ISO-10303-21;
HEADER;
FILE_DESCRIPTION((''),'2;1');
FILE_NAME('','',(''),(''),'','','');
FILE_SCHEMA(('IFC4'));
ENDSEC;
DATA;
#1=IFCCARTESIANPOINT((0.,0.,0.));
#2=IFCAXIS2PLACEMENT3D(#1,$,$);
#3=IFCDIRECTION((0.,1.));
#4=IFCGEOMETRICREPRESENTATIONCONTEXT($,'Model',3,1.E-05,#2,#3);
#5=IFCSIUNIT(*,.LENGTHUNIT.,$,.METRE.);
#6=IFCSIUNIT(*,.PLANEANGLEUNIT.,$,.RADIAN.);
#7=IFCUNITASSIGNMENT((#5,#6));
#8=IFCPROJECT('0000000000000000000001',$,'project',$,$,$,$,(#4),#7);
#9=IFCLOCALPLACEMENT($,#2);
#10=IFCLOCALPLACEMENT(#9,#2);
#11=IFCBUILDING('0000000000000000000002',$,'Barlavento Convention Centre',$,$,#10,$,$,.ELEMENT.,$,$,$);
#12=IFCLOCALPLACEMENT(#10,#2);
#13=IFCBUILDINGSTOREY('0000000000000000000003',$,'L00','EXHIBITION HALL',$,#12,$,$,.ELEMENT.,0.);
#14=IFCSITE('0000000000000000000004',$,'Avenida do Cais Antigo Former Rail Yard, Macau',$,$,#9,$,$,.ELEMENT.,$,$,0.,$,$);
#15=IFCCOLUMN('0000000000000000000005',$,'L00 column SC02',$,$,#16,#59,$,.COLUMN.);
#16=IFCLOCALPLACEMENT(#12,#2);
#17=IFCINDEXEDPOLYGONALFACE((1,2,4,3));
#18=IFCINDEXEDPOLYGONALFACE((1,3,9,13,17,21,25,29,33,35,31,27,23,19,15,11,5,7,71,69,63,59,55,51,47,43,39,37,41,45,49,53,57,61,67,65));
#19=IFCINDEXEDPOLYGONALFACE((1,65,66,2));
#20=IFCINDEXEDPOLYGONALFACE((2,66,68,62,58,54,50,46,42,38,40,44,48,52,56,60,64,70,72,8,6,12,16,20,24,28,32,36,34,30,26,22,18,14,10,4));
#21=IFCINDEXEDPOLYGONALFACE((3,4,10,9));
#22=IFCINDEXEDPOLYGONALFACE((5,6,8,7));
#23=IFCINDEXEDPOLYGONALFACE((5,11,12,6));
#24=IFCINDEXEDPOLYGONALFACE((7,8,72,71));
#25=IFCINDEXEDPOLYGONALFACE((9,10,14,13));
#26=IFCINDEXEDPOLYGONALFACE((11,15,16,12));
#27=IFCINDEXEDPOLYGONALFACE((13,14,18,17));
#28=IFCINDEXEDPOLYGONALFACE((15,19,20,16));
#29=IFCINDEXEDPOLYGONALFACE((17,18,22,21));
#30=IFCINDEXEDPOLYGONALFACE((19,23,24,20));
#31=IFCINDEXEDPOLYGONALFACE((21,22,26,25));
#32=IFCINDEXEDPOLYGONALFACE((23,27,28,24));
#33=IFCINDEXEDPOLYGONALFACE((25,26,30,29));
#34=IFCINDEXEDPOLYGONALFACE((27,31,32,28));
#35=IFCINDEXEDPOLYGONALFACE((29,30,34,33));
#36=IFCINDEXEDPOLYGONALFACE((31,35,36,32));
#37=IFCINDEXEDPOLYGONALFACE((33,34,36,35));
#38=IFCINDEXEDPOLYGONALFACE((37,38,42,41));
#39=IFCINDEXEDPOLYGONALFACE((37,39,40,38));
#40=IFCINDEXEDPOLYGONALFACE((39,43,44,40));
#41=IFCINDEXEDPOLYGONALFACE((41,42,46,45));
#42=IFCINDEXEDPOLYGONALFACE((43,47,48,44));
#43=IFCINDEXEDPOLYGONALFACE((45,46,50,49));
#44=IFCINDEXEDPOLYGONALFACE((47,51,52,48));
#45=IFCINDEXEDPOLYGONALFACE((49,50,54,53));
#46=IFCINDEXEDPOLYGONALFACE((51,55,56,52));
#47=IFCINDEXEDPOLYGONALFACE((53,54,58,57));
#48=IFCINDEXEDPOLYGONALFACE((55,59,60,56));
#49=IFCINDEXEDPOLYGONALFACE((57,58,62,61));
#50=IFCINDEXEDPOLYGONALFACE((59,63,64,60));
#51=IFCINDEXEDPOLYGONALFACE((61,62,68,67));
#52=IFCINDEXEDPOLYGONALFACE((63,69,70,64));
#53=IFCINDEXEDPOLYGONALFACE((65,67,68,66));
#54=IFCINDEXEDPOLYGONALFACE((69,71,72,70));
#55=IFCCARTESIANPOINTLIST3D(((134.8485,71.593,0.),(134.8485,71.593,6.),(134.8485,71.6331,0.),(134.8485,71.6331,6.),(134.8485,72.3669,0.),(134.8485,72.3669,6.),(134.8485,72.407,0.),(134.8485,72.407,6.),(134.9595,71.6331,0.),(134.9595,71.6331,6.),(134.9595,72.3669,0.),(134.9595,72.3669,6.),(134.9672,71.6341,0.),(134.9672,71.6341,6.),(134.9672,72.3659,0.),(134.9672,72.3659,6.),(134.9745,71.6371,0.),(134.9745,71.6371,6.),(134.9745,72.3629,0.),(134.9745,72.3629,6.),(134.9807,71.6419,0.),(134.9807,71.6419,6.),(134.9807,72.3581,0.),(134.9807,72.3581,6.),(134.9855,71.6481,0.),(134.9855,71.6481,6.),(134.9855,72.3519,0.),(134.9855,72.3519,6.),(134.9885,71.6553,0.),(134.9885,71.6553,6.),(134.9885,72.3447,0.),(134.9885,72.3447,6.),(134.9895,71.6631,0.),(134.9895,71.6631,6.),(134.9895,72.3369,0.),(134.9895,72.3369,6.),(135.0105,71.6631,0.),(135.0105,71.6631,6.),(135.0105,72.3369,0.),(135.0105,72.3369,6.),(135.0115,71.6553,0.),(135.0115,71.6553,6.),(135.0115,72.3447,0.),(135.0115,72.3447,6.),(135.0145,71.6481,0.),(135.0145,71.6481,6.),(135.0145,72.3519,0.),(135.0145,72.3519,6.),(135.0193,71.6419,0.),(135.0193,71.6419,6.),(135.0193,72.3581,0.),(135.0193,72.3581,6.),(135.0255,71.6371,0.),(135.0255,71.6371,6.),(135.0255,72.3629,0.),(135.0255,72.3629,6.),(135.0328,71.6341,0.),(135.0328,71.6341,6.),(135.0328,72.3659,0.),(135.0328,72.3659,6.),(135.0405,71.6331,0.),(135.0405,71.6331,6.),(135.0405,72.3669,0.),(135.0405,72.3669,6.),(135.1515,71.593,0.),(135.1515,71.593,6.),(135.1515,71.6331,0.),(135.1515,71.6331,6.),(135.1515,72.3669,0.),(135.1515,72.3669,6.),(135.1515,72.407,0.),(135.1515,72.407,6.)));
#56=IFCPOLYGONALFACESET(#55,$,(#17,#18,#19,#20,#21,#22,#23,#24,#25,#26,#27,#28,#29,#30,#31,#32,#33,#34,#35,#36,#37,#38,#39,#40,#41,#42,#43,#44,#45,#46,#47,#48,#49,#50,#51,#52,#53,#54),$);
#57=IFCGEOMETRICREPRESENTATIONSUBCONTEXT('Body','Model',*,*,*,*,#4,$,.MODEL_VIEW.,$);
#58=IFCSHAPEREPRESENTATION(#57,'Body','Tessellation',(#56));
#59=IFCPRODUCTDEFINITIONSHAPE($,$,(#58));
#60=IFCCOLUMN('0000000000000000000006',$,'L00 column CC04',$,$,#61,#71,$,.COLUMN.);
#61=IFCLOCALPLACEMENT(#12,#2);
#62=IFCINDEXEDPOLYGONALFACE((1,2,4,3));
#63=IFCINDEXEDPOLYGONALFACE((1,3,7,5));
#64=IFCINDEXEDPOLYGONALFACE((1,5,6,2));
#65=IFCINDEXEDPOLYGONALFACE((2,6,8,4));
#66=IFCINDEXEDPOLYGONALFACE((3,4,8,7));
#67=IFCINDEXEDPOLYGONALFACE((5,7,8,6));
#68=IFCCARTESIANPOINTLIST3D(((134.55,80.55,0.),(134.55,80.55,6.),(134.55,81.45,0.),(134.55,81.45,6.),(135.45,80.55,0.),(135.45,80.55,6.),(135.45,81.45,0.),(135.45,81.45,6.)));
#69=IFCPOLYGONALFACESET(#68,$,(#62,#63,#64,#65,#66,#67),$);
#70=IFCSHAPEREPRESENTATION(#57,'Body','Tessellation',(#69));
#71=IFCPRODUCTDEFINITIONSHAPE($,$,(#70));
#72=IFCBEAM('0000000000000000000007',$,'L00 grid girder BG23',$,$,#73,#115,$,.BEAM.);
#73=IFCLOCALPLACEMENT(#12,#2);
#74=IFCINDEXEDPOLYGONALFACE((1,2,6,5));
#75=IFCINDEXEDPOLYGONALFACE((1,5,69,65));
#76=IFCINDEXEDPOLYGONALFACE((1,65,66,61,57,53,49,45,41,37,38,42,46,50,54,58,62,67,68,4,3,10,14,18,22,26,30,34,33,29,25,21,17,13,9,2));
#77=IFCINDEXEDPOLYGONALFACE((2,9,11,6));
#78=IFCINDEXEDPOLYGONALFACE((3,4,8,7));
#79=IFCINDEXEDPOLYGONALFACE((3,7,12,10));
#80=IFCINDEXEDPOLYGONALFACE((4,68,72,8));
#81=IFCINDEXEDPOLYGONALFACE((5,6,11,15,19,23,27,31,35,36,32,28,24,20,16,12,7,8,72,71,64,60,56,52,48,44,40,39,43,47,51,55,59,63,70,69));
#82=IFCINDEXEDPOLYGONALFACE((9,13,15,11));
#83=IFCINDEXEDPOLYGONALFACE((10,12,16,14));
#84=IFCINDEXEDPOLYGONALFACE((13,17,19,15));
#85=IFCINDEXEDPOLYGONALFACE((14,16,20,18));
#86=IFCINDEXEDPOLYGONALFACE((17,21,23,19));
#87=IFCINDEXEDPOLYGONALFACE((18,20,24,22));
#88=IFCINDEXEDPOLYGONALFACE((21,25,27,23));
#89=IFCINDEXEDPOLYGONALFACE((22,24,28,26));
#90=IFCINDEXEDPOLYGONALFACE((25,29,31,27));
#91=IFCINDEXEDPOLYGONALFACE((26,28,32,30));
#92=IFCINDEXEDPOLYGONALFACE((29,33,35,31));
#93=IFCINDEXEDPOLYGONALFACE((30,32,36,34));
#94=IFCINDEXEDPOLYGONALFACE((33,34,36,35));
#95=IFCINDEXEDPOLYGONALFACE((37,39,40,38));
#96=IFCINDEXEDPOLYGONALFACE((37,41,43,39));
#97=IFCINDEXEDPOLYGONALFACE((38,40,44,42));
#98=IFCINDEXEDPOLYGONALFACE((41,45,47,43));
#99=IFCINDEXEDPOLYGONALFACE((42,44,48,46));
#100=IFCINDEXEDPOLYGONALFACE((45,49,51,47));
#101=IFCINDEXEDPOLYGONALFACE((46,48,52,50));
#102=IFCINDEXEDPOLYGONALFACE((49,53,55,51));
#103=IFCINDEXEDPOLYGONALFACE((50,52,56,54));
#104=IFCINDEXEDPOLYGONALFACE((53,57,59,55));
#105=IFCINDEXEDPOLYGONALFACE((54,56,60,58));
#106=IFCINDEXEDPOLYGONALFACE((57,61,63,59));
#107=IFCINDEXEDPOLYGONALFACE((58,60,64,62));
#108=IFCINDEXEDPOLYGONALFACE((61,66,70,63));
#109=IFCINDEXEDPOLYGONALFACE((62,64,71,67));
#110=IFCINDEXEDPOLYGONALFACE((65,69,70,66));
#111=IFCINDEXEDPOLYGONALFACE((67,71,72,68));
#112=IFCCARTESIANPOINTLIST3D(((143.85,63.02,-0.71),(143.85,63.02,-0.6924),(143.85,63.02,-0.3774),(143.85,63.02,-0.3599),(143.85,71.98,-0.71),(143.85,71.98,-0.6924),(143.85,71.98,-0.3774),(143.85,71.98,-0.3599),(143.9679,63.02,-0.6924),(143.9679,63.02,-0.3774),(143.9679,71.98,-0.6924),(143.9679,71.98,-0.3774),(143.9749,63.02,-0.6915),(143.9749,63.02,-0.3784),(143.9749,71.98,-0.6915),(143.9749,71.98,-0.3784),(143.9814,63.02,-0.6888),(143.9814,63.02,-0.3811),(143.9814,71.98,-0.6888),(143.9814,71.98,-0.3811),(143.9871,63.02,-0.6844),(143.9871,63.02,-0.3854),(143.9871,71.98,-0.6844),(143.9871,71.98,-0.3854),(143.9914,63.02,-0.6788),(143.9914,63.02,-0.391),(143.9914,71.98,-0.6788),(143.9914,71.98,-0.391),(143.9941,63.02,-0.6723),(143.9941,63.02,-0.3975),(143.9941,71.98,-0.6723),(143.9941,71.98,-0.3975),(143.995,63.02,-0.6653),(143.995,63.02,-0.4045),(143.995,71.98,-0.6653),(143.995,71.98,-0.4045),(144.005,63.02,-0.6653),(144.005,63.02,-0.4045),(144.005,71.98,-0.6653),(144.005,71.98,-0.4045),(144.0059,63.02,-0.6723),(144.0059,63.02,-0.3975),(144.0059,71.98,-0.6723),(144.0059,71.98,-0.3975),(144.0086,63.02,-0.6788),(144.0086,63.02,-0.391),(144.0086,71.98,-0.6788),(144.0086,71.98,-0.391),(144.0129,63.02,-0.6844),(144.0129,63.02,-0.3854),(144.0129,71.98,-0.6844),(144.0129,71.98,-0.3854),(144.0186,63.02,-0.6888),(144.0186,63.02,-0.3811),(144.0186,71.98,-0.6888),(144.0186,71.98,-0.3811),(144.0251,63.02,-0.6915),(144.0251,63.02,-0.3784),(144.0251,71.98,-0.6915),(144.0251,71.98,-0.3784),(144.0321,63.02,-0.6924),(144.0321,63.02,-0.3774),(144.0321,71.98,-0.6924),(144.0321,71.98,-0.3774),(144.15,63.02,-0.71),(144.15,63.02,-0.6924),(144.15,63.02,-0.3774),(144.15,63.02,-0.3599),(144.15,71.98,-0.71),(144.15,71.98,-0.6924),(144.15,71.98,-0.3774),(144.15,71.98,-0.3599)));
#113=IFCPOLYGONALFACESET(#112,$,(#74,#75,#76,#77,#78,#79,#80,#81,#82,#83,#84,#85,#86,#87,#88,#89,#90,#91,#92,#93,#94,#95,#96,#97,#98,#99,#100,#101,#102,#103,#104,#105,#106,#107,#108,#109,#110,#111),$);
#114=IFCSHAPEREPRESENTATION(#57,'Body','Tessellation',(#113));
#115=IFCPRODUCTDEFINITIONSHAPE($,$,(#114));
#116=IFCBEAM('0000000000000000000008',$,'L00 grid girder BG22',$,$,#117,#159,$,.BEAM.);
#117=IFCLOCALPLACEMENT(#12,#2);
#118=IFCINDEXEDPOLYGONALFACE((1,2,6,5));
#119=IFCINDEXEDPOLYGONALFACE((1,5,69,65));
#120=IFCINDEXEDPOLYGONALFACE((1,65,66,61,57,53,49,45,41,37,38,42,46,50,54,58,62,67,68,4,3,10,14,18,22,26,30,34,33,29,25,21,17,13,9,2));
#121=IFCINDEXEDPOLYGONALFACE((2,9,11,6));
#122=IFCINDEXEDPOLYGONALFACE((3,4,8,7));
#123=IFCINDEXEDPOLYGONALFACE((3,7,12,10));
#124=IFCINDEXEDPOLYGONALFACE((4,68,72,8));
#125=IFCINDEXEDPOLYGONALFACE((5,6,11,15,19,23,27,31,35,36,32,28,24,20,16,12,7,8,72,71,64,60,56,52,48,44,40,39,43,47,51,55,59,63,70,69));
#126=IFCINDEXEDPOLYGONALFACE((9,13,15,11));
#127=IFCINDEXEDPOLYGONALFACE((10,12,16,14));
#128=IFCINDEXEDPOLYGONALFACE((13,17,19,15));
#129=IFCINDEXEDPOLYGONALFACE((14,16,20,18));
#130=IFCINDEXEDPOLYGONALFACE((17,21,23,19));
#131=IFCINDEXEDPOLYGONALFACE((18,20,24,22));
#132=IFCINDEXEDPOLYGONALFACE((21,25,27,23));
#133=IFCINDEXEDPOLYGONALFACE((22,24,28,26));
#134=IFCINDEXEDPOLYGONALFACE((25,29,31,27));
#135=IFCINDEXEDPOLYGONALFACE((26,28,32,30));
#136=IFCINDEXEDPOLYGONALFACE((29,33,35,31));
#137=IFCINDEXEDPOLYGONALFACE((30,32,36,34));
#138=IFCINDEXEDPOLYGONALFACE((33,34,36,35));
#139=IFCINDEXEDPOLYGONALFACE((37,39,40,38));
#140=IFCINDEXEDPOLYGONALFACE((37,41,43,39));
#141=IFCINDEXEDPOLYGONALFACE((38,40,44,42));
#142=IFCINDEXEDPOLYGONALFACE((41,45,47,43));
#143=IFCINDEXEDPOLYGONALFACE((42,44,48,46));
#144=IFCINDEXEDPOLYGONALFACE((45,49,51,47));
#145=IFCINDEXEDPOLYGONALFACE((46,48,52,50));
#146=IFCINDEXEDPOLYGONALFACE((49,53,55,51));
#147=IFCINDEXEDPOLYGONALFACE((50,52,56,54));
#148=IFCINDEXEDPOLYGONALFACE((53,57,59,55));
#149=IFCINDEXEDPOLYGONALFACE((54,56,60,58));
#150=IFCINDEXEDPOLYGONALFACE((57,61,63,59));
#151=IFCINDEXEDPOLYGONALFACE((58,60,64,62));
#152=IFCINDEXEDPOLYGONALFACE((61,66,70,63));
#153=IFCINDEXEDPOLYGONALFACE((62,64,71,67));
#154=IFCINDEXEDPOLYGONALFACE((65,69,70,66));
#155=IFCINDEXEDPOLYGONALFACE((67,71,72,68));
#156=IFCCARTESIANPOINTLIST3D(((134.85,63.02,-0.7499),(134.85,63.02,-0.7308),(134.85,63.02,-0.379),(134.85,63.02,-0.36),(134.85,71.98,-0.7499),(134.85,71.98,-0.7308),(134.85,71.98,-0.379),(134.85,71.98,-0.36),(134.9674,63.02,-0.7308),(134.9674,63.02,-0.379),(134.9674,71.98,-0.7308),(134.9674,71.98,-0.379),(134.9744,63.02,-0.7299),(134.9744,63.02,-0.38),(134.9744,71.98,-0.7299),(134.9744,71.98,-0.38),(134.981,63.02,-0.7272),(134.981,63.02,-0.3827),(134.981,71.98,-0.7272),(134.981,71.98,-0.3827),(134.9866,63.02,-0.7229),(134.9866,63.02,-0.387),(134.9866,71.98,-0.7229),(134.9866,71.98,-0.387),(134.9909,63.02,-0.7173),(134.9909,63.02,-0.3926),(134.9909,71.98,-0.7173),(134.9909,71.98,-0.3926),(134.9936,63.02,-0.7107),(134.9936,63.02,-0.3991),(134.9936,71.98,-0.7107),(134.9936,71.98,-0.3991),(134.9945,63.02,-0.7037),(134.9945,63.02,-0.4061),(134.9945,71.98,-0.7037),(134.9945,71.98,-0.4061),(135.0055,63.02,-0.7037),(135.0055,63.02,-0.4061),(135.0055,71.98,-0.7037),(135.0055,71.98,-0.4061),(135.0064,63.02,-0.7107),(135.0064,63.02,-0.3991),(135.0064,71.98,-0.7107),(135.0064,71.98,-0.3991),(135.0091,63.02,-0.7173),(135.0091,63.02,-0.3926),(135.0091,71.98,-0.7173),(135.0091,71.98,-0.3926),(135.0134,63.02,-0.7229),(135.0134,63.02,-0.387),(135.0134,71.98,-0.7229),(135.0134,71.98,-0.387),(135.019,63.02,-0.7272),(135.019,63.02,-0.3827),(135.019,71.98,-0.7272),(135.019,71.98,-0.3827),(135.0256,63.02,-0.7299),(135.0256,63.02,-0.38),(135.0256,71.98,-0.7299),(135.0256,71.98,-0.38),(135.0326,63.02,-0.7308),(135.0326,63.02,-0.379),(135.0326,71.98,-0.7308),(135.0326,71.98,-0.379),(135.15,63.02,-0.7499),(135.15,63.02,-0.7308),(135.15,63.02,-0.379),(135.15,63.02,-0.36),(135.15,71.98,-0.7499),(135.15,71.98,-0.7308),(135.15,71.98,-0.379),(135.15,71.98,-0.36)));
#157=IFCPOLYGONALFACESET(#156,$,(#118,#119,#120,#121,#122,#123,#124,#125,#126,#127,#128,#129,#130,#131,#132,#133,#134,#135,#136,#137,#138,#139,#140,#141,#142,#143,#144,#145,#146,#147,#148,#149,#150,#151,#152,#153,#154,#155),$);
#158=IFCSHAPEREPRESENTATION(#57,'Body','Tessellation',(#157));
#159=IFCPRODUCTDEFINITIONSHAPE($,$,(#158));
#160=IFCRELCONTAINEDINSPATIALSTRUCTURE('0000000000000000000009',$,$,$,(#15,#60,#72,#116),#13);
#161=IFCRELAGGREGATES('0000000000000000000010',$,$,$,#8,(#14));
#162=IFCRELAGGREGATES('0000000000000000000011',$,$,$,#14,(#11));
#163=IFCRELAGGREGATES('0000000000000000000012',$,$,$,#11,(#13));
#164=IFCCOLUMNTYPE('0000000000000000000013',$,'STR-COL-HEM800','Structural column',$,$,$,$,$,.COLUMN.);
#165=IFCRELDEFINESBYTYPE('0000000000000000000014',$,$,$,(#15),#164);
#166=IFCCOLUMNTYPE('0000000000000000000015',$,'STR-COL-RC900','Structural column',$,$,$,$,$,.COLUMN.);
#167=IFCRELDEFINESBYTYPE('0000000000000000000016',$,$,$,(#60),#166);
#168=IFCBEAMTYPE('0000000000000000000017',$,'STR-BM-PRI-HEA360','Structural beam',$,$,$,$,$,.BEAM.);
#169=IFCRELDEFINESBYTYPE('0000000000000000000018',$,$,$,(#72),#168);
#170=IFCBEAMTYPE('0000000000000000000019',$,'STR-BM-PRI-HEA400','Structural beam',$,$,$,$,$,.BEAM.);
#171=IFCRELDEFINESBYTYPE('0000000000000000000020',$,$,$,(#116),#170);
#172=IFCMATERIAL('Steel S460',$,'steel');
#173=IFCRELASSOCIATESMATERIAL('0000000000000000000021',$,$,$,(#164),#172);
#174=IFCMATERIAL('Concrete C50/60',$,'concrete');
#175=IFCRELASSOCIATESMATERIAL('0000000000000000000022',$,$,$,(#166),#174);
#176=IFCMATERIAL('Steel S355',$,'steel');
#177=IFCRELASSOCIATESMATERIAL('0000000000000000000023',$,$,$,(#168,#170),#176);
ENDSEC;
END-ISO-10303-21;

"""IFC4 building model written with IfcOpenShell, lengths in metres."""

from ifc_helpers import new_model, si_unit, direction, frame, origin, origin_2d, place, context, subcontext, project, spatial, rectangle, i_section, extrude, material, material_profile, profile_set, type_object, element, save


model = new_model("IFC4")

# Units and contexts
model_context = context("Model", 3, precision=1e-05, world=origin(), true_north=direction((0.0, 1.0)))
body_context = subcontext(model_context, "Body", "Model", "MODEL_VIEW")
ifc_project = project(units=[si_unit("LENGTHUNIT", "METRE"), si_unit("PLANEANGLEUNIT", "RADIAN")], contexts=[model_context])

# Site, building, storey
site_placement = place(None, origin())
site = spatial("IfcSite", under=ifc_project, at=site_placement, Name="Avenida do Cais Antigo Former Rail Yard, Macau", CompositionType="ELEMENT", RefElevation=0.0)
building_placement = place(site_placement, origin())
building = spatial("IfcBuilding", under=site, at=building_placement, Name="Barlavento Convention Centre", CompositionType="ELEMENT")
storey_placement = place(building_placement, origin())
storey = spatial("IfcBuildingStorey", under=building, at=storey_placement, Name="L00", Description="EXHIBITION HALL", CompositionType="ELEMENT", Elevation=0.0)

# Columns
ifc_material_1 = material(Name="Steel S460", Category="steel")
ifc_material_profile_1 = material_profile(ifc_material_1, i_section(OverallWidth=0.303, OverallDepth=0.814, WebThickness=0.021, FlangeThickness=0.04, FilletRadius=0.03, at=origin_2d()), Name="HEM 800")
ifc_profile_set_1 = profile_set([ifc_material_profile_1], Name="Steel S460")
column_type_1 = type_object("IfcColumnType", Name="STR-COL-HEM800", Description="Structural column", PredefinedType="COLUMN", material=ifc_profile_set_1)
column_1_placement = place(storey_placement, frame((135.0, 72.0, 0.0), z_axis=(0.0, 0.0, 1.0), x_axis=(1.0, 0.0, 0.0)))
element("IfcColumn", 1, at=column_1_placement, inside=storey, type_object=column_type_1, Name="L00 column SC02", PredefinedType="COLUMN", context=body_context, shape_type="SweptSolid", body=[
    extrude(i_section(OverallWidth=0.303, OverallDepth=0.814, WebThickness=0.021, FlangeThickness=0.04, FilletRadius=0.03, at=origin_2d()), origin(), (0.0, 0.0, 1.0), 6.0),
])
ifc_material_2 = material(Name="Concrete C50/60", Category="concrete")
ifc_material_profile_2 = material_profile(ifc_material_2, rectangle(XDim=0.8999, YDim=0.8999, at=origin_2d()), Name="RC 900x900")
ifc_profile_set_2 = profile_set([ifc_material_profile_2], Name="Concrete C50/60")
column_type_2 = type_object("IfcColumnType", Name="STR-COL-RC900", Description="Structural column", PredefinedType="COLUMN", material=ifc_profile_set_2)
column_2_placement = place(storey_placement, frame((135.0, 81.0, 0.0), z_axis=(0.0, 0.0, 1.0), x_axis=(1.0, 0.0, 0.0)))
element("IfcColumn", 2, at=column_2_placement, inside=storey, type_object=column_type_2, Name="L00 column CC04", PredefinedType="COLUMN", context=body_context, shape_type="SweptSolid", body=[
    extrude(rectangle(XDim=0.8999, YDim=0.8999, at=origin_2d()), origin(), (0.0, 0.0, 1.0), 6.0),
])

# Beams
ifc_material_3 = material(Name="Steel S355", Category="steel")
ifc_material_profile_3 = material_profile(ifc_material_3, i_section(OverallWidth=0.3, OverallDepth=0.3501, WebThickness=0.01, FlangeThickness=0.0176, FilletRadius=0.0271, at=origin_2d()), Name="HEA 360")
ifc_profile_set_3 = profile_set([ifc_material_profile_3], Name="Steel S355")
beam_type_1 = type_object("IfcBeamType", Name="STR-BM-PRI-HEA360", Description="Structural beam", PredefinedType="BEAM", material=ifc_profile_set_3)
beam_1_placement = place(storey_placement, frame((144.0, 63.02, -0.5349), z_axis=(0.0, 1.0, 0.0), x_axis=(-1.0, 0.0, 0.0)))
element("IfcBeam", 3, at=beam_1_placement, inside=storey, type_object=beam_type_1, Name="L00 grid girder BG23", PredefinedType="BEAM", context=body_context, shape_type="SweptSolid", body=[
    extrude(i_section(OverallWidth=0.3, OverallDepth=0.3501, WebThickness=0.01, FlangeThickness=0.0176, FilletRadius=0.0271, at=origin_2d()), origin(), (0.0, 0.0, 1.0), 8.96),
])
ifc_material_profile_4 = material_profile(ifc_material_3, i_section(OverallWidth=0.3, OverallDepth=0.3899, WebThickness=0.011, FlangeThickness=0.019, FilletRadius=0.0271, at=origin_2d()), Name="HEA 400")
ifc_profile_set_4 = profile_set([ifc_material_profile_4], Name="Steel S355")
beam_type_2 = type_object("IfcBeamType", Name="STR-BM-PRI-HEA400", Description="Structural beam", PredefinedType="BEAM", material=ifc_profile_set_4)
beam_2_placement = place(storey_placement, frame((135.0, 63.02, -0.5549), z_axis=(0.0, 1.0, 0.0), x_axis=(-1.0, 0.0, 0.0)))
element("IfcBeam", 4, at=beam_2_placement, inside=storey, type_object=beam_type_2, Name="L00 grid girder BG22", PredefinedType="BEAM", context=body_context, shape_type="SweptSolid", body=[
    extrude(i_section(OverallWidth=0.3, OverallDepth=0.3899, WebThickness=0.011, FlangeThickness=0.019, FilletRadius=0.0271, at=origin_2d()), origin(), (0.0, 0.0, 1.0), 8.96),
])

save(model, "model.ifc")
